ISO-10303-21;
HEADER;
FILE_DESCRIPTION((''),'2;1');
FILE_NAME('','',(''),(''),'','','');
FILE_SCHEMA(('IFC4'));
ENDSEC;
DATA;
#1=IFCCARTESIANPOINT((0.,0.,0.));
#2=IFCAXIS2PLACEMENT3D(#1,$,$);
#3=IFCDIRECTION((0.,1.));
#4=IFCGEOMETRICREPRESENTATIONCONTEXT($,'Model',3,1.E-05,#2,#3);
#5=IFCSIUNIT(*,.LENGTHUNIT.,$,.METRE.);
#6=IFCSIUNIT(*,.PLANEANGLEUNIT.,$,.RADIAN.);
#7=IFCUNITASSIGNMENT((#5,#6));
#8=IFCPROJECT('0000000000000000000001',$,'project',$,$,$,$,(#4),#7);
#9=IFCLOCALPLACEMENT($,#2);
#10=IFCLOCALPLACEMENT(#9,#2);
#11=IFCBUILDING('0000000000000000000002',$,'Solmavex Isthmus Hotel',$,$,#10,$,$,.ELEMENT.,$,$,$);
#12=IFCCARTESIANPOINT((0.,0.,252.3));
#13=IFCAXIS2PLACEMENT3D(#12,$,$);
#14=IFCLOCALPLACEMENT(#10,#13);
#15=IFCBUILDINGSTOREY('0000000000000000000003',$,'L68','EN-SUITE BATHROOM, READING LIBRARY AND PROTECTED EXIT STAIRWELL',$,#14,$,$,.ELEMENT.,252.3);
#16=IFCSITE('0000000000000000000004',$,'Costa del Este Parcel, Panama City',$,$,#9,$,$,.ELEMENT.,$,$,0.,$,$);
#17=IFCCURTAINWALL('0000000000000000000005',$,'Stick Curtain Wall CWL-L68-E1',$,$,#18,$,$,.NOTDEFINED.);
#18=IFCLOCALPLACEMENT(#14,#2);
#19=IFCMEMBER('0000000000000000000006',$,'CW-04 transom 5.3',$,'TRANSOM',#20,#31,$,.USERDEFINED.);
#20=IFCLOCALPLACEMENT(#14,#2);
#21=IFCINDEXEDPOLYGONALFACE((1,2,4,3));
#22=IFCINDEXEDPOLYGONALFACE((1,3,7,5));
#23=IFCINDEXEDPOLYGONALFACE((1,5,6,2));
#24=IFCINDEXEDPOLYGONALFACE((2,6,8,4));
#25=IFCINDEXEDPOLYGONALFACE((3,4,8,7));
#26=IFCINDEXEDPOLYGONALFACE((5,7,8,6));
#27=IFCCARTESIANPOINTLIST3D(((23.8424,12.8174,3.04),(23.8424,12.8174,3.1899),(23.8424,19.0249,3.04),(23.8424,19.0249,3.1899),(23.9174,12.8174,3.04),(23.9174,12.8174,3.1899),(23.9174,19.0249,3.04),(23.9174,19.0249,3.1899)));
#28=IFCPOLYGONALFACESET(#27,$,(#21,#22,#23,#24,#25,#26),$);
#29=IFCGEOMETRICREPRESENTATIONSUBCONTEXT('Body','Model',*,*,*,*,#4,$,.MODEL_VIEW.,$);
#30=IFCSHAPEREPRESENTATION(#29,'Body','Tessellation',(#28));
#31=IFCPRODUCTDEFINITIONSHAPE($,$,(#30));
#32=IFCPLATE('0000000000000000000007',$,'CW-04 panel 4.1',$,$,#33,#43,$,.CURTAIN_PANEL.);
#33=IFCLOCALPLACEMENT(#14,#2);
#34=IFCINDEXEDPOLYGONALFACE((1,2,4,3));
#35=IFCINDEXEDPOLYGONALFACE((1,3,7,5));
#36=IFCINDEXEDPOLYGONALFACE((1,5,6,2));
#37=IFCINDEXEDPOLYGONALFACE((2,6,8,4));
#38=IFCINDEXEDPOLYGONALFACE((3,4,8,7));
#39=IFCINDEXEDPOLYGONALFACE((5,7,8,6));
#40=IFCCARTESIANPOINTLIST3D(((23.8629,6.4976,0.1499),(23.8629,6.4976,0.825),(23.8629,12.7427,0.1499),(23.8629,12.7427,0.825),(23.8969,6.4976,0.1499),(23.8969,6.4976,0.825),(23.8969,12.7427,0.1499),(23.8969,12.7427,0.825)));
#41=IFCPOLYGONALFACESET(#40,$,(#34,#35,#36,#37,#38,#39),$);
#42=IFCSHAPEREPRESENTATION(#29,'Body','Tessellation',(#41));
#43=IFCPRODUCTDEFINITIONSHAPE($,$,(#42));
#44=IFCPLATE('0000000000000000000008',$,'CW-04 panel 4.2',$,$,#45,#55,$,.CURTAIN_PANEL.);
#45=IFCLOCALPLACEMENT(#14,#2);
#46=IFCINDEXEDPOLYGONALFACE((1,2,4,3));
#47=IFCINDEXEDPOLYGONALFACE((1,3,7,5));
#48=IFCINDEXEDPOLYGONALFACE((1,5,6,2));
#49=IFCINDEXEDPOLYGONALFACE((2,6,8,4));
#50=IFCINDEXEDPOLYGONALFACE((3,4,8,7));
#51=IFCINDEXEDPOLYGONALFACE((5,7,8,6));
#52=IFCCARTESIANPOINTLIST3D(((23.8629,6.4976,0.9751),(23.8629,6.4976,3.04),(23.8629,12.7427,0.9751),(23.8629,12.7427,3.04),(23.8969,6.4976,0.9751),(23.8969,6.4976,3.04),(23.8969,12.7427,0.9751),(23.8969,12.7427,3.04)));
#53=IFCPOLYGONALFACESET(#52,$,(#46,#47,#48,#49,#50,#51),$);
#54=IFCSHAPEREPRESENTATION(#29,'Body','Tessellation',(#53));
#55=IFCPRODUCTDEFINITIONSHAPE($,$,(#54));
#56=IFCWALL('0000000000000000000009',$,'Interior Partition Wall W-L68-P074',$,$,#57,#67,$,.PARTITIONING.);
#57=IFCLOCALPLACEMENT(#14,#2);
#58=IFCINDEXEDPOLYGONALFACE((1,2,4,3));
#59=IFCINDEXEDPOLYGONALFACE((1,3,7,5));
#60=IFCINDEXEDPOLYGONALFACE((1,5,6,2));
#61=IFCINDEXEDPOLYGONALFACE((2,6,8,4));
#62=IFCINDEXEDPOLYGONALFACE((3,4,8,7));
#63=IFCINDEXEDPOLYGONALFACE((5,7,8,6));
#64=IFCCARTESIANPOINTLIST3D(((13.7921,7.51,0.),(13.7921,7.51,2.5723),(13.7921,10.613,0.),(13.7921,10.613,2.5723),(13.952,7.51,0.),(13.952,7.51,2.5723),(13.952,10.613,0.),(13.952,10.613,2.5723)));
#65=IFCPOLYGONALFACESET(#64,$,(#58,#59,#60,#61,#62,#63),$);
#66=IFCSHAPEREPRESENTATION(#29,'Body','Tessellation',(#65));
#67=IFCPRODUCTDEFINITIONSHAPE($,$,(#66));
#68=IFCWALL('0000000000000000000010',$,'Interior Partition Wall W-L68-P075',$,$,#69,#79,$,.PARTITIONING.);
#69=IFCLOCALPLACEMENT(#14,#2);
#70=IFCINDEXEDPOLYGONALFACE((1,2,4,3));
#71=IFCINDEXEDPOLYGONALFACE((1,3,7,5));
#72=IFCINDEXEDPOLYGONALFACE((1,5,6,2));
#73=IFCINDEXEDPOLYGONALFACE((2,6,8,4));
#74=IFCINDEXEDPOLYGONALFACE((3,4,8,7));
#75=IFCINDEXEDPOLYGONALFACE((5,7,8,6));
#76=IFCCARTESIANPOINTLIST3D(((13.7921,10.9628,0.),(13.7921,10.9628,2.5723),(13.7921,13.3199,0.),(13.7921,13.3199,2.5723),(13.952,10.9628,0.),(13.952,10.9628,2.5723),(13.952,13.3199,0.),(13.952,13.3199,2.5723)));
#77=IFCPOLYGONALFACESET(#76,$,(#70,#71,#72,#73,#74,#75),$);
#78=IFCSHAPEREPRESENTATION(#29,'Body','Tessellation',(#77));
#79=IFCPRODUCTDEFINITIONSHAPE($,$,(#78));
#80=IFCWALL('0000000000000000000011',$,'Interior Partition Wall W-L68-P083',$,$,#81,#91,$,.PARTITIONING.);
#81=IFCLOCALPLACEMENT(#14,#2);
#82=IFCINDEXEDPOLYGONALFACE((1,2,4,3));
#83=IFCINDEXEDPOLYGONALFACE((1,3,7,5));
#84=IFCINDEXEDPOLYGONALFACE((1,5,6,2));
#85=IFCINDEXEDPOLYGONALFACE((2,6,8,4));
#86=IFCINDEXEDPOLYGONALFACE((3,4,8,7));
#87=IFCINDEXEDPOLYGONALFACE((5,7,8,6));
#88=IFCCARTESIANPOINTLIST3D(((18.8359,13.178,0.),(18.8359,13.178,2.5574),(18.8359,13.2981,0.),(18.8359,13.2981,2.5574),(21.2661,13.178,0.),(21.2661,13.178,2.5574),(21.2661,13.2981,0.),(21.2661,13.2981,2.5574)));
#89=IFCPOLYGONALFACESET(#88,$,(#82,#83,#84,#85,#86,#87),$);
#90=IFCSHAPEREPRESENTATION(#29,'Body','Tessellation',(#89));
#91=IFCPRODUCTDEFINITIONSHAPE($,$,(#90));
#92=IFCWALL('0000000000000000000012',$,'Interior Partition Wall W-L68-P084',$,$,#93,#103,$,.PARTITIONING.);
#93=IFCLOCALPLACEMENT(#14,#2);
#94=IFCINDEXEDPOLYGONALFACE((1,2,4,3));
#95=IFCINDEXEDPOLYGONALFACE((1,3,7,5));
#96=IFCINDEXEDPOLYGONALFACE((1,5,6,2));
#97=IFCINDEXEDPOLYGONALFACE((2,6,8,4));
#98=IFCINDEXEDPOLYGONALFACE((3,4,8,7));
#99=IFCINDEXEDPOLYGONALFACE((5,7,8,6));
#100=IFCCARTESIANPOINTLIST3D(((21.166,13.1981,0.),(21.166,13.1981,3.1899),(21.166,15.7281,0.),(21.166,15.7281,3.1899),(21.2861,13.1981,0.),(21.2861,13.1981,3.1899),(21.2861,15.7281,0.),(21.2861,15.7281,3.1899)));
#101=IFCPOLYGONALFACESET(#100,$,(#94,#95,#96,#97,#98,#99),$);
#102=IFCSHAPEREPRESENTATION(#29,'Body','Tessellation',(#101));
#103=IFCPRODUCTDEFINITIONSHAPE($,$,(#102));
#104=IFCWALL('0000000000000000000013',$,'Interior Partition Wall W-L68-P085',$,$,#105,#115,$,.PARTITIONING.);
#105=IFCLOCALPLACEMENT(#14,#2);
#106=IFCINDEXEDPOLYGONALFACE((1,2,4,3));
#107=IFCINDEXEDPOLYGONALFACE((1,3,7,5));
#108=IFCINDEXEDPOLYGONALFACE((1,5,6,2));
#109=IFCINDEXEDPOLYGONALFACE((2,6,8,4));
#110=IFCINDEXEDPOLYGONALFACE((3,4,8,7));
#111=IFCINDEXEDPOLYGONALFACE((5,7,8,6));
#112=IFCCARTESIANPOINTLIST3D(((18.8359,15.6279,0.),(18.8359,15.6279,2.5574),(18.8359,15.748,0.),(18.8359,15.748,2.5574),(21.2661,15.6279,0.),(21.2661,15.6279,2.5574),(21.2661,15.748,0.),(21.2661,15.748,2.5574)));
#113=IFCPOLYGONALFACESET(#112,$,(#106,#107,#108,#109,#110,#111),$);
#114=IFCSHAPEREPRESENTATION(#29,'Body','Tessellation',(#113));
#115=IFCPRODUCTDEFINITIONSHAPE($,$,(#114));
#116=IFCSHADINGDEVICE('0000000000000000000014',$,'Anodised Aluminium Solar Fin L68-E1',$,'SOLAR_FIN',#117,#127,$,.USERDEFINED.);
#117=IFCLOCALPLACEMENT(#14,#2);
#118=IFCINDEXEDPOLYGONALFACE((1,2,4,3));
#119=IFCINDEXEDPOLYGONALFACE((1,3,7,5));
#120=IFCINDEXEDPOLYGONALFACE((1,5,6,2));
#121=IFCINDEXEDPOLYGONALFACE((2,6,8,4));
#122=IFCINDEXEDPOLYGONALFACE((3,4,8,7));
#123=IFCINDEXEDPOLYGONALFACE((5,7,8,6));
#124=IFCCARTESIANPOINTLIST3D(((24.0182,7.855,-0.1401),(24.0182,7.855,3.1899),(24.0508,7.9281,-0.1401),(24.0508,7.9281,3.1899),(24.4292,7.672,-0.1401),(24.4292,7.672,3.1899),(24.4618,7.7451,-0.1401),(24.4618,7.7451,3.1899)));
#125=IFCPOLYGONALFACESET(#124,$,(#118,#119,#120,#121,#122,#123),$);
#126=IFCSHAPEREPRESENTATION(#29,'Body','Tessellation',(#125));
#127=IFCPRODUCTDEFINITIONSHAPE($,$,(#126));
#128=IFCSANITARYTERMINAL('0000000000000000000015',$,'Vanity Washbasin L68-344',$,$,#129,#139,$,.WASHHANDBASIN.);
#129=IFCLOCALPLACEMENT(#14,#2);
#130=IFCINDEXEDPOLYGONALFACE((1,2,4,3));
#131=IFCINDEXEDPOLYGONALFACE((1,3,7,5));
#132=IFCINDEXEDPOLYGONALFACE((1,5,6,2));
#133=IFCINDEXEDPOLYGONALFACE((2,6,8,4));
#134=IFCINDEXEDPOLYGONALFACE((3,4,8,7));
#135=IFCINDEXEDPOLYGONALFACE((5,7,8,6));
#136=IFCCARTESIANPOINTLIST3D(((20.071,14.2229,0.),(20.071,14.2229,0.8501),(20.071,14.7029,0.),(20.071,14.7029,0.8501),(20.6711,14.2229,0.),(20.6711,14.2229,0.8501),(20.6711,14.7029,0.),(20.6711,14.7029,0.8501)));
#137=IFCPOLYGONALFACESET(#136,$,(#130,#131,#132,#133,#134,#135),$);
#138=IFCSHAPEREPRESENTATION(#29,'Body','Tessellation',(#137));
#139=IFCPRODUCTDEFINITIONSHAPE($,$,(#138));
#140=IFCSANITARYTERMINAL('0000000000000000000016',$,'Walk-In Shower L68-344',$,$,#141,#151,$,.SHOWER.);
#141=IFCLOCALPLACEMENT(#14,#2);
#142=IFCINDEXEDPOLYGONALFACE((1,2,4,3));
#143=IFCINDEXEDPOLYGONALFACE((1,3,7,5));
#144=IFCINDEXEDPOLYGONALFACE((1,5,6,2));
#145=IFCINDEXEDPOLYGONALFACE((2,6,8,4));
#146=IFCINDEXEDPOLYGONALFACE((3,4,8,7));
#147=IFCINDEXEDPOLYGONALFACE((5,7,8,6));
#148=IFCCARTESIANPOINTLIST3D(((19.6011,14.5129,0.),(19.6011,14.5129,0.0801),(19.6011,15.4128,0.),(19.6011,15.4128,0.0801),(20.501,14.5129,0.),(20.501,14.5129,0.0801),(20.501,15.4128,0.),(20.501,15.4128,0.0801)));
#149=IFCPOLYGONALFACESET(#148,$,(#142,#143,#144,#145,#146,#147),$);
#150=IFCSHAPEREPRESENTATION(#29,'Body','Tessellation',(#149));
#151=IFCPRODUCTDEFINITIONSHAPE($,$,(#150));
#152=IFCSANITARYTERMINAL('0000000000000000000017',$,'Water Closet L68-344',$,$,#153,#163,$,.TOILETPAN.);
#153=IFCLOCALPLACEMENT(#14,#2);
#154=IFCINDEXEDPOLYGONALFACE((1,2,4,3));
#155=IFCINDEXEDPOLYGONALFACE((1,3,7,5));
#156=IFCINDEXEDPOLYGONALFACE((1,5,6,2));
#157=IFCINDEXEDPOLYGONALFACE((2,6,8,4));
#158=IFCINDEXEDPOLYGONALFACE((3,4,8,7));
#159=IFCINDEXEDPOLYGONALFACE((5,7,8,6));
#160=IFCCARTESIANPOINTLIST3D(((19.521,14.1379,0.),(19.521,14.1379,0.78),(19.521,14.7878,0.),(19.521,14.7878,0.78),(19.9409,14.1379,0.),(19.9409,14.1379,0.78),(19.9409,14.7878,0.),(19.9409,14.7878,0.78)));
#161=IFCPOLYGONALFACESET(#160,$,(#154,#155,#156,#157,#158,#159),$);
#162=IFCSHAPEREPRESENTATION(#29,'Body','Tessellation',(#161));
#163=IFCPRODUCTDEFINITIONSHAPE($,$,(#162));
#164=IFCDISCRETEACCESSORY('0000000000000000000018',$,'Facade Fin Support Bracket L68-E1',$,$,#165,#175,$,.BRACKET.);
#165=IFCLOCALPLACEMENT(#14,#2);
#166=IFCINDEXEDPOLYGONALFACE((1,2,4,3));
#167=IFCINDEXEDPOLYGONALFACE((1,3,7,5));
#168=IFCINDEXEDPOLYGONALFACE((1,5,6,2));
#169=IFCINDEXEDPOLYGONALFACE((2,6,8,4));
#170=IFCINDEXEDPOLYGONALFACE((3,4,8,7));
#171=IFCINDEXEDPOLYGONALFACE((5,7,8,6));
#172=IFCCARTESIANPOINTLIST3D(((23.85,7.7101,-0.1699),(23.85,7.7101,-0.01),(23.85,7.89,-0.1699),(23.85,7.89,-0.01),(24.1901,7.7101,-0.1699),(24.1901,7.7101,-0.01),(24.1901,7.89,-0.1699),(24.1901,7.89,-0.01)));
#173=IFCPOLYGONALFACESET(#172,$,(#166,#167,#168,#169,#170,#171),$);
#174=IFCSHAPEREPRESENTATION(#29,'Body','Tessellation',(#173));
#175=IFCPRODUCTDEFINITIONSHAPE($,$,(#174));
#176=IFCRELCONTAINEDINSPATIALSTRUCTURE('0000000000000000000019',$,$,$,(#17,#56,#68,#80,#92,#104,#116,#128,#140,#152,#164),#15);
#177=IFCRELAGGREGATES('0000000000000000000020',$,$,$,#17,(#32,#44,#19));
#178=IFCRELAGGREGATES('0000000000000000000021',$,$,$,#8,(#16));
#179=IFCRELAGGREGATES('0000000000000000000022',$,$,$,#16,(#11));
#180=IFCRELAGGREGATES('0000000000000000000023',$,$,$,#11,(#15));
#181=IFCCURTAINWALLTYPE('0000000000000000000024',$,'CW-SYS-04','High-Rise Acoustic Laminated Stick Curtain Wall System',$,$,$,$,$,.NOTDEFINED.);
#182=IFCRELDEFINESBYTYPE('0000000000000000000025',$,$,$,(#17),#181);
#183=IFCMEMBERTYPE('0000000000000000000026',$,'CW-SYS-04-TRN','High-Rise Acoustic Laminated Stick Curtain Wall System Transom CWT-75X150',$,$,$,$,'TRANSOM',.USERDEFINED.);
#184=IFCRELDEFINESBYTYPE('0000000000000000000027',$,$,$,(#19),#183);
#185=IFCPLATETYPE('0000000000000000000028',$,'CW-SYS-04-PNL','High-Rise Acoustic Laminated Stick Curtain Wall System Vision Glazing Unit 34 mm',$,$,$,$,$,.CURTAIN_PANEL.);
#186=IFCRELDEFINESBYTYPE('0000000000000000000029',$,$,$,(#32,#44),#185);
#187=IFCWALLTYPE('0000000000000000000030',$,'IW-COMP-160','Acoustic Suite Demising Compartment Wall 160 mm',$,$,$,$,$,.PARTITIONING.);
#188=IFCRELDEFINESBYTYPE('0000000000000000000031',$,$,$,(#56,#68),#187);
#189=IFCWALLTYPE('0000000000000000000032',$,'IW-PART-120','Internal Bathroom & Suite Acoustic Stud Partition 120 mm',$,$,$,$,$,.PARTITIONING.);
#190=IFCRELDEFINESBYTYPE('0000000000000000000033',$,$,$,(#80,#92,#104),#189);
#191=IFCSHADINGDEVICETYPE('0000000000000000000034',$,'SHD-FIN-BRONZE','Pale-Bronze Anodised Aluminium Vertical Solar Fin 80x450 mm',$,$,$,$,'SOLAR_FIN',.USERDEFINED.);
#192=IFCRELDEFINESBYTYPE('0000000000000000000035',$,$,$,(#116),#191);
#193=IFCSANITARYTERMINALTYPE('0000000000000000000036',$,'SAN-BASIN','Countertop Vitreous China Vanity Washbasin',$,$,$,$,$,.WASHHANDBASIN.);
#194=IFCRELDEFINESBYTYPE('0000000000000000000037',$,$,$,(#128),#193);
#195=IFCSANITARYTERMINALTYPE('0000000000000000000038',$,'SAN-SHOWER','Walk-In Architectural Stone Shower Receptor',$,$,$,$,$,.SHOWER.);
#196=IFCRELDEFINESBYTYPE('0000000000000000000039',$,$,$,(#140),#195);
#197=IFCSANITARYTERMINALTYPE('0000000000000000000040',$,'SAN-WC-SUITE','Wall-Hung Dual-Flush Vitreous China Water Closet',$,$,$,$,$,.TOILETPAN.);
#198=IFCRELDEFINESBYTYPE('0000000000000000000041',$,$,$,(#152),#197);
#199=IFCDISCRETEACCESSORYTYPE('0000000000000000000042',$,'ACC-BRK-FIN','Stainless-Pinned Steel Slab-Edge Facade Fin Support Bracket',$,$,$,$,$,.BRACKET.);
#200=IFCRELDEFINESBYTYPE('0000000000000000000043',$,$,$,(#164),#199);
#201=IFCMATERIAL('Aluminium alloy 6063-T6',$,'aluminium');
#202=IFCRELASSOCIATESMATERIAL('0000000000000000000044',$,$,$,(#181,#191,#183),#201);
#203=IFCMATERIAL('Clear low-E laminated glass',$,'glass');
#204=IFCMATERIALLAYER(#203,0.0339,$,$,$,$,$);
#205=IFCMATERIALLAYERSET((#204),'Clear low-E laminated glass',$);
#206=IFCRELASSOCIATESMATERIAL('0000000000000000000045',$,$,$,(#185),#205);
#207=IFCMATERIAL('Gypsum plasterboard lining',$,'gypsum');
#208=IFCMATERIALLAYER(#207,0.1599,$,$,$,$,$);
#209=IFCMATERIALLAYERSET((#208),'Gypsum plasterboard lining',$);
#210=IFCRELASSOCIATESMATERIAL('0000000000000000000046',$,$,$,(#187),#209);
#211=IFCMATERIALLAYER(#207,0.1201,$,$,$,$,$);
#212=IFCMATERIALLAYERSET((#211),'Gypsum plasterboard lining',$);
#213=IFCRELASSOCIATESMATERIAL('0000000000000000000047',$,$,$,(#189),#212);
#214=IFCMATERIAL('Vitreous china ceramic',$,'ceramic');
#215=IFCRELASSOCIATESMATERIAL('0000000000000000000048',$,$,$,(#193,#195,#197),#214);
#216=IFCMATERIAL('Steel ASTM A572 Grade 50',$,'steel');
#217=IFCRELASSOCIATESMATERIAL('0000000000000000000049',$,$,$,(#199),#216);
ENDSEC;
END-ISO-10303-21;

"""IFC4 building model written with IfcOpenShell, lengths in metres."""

from ifc_helpers import new_model, si_unit, direction, frame, frame_2d, origin, origin_2d, place, context, subcontext, project, spatial, rectangle, extrude, material, layer, layer_set, material_profile, profile_set, type_object, element, aggregate, save


model = new_model("IFC4")

# Units and contexts
model_context = context("Model", 3, precision=1e-05, world=origin(), true_north=direction((0.0, 1.0)))
body_context = subcontext(model_context, "Body", "Model", "MODEL_VIEW")
ifc_project = project(units=[si_unit("LENGTHUNIT", "METRE"), si_unit("PLANEANGLEUNIT", "RADIAN")], contexts=[model_context])

# Site, building, storey
site_placement = place(None, origin())
site = spatial("IfcSite", under=ifc_project, at=site_placement, Name="Costa del Este Parcel, Panama City", CompositionType="ELEMENT", RefElevation=0.0)
building_placement = place(site_placement, origin())
building = spatial("IfcBuilding", under=site, at=building_placement, Name="Solmavex Isthmus Hotel", CompositionType="ELEMENT")
storey_placement = place(building_placement, frame((0.0, 0.0, 252.3)))
storey = spatial("IfcBuildingStorey", under=building, at=storey_placement, Name="L68", Description="EN-SUITE BATHROOM, READING LIBRARY AND PROTECTED EXIT STAIRWELL", CompositionType="ELEMENT", Elevation=252.3)

# Curtain wall, member, plates
ifc_material_1 = material(Name="Aluminium alloy 6063-T6", Category="aluminium")
curtain_wall_type = type_object("IfcCurtainWallType", Name="CW-SYS-04", Description="High-Rise Acoustic Laminated Stick Curtain Wall System", PredefinedType="NOTDEFINED", material=ifc_material_1)
curtain_wall_placement = place(storey_placement, origin())
curtain_wall = element("IfcCurtainWall", 1, at=curtain_wall_placement, inside=storey, type_object=curtain_wall_type, Name="Stick Curtain Wall CWL-L68-E1", PredefinedType="NOTDEFINED")
ifc_material_profile_1 = material_profile(ifc_material_1, rectangle(XDim=0.075, YDim=0.1499, at=origin_2d()), Name="CWT-75X150")
ifc_profile_set_1 = profile_set([ifc_material_profile_1], Name="Aluminium alloy 6063-T6")
member_type_1 = type_object("IfcMemberType", Name="CW-SYS-04-TRN", Description="High-Rise Acoustic Laminated Stick Curtain Wall System Transom CWT-75X150", ElementType="TRANSOM", PredefinedType="USERDEFINED", material=ifc_profile_set_1)
member_1_placement = place(storey_placement, frame((23.8799, 12.8174, 3.115), z_axis=(0.0, 1.0, 0.0), x_axis=(-1.0, 0.0, 0.0)))
member_1 = element("IfcMember", 2, at=member_1_placement, type_object=member_type_1, Name="CW-04 transom 5.3", ObjectType="TRANSOM", PredefinedType="USERDEFINED", context=body_context, shape_type="SweptSolid", body=[
    extrude(rectangle(XDim=0.075, YDim=0.1499, at=origin_2d()), origin(), (0.0, 0.0, 1.0), 6.2075),
])
ifc_material_2 = material(Name="Clear low-E laminated glass", Category="glass")
ifc_layer_1 = layer(ifc_material_2, 0.0339)
ifc_layer_set_1 = layer_set([ifc_layer_1], Name="Clear low-E laminated glass")
plate_type = type_object("IfcPlateType", Name="CW-SYS-04-PNL", Description="High-Rise Acoustic Laminated Stick Curtain Wall System Vision Glazing Unit 34 mm", PredefinedType="CURTAIN_PANEL", material=ifc_layer_set_1)
plate_1_placement = place(storey_placement, frame((23.8799, 9.6201, 0.1499), z_axis=(0.0, 0.0, 1.0), x_axis=(0.0, 1.0, 0.0)))
plate_1 = element("IfcPlate", 3, at=plate_1_placement, type_object=plate_type, Name="CW-04 panel 4.1", PredefinedType="CURTAIN_PANEL", context=body_context, shape_type="SweptSolid", body=[
    extrude(rectangle(XDim=6.2451, YDim=0.0339, at=origin_2d()), origin(), (0.0, 0.0, 1.0), 0.675),
])
plate_2_placement = place(storey_placement, frame((23.8799, 9.6201, 0.9751), z_axis=(0.0, 0.0, 1.0), x_axis=(0.0, 1.0, 0.0)))
plate_2 = element("IfcPlate", 4, at=plate_2_placement, type_object=plate_type, Name="CW-04 panel 4.2", PredefinedType="CURTAIN_PANEL", context=body_context, shape_type="SweptSolid", body=[
    extrude(rectangle(XDim=6.2451, YDim=0.0339, at=origin_2d()), origin(), (0.0, 0.0, 1.0), 2.0649),
])
aggregate(curtain_wall, [plate_1, plate_2, member_1])

# Walls
ifc_material_3 = material(Name="Gypsum plasterboard lining", Category="gypsum")
ifc_layer_2 = layer(ifc_material_3, 0.1599)
ifc_layer_set_2 = layer_set([ifc_layer_2], Name="Gypsum plasterboard lining")
wall_type_1 = type_object("IfcWallType", Name="IW-COMP-160", Description="Acoustic Suite Demising Compartment Wall 160 mm", PredefinedType="PARTITIONING", material=ifc_layer_set_2)
wall_1_placement = place(storey_placement, frame((13.8721, 10.613, 0.0), z_axis=(0.0, 0.0, 1.0), x_axis=(0.0, -1.0, 0.0)))
element("IfcWall", 5, at=wall_1_placement, inside=storey, type_object=wall_type_1, Name="Interior Partition Wall W-L68-P074", PredefinedType="PARTITIONING", context=body_context, shape_type="SweptSolid", body=[
    extrude(rectangle(XDim=3.103, YDim=0.1599, at=frame_2d((1.5515, 0.0))), origin(), (0.0, 0.0, 1.0), 2.5723),
])
wall_2_placement = place(storey_placement, frame((13.8721, 13.3201, 0.0), z_axis=(0.0, 0.0, 1.0), x_axis=(0.0, -1.0, 0.0)))
element("IfcWall", 6, at=wall_2_placement, inside=storey, type_object=wall_type_1, Name="Interior Partition Wall W-L68-P075", PredefinedType="PARTITIONING", context=body_context, shape_type="SweptSolid", body=[
    extrude(rectangle(XDim=2.3572, YDim=0.1599, at=frame_2d((1.1787, 0.0))), origin(), (0.0, 0.0, 1.0), 2.5723),
])

# Walls
ifc_layer_3 = layer(ifc_material_3, 0.1201)
ifc_layer_set_3 = layer_set([ifc_layer_3], Name="Gypsum plasterboard lining")
wall_type_2 = type_object("IfcWallType", Name="IW-PART-120", Description="Internal Bathroom & Suite Acoustic Stud Partition 120 mm", PredefinedType="PARTITIONING", material=ifc_layer_set_3)
wall_3_placement = place(storey_placement, frame((18.8359, 13.238, 0.0), z_axis=(0.0, 0.0, 1.0), x_axis=(1.0, 0.0, 0.0)))
element("IfcWall", 7, at=wall_3_placement, inside=storey, type_object=wall_type_2, Name="Interior Partition Wall W-L68-P083", PredefinedType="PARTITIONING", context=body_context, shape_type="SweptSolid", body=[
    extrude(rectangle(XDim=2.4302, YDim=0.1201, at=frame_2d((1.2151, 0.0))), origin(), (0.0, 0.0, 1.0), 2.5574),
])
wall_4_placement = place(storey_placement, frame((21.2261, 13.198, 0.0), z_axis=(0.0, 0.0, 1.0), x_axis=(0.0, 1.0, 0.0)))
element("IfcWall", 8, at=wall_4_placement, inside=storey, type_object=wall_type_2, Name="Interior Partition Wall W-L68-P084", PredefinedType="PARTITIONING", context=body_context, shape_type="SweptSolid", body=[
    extrude(rectangle(XDim=2.53, YDim=0.1201, at=frame_2d((1.2651, 0.0))), origin(), (0.0, 0.0, 1.0), 3.1899),
])
wall_5_placement = place(storey_placement, frame((21.2661, 15.688, 0.0), z_axis=(0.0, 0.0, 1.0), x_axis=(-1.0, 0.0, 0.0)))
element("IfcWall", 9, at=wall_5_placement, inside=storey, type_object=wall_type_2, Name="Interior Partition Wall W-L68-P085", PredefinedType="PARTITIONING", context=body_context, shape_type="SweptSolid", body=[
    extrude(rectangle(XDim=2.4302, YDim=0.1201, at=frame_2d((1.2151, 0.0))), origin(), (0.0, 0.0, 1.0), 2.5574),
])

# Shading device
shading_device_type = type_object("IfcShadingDeviceType", Name="SHD-FIN-BRONZE", Description="Pale-Bronze Anodised Aluminium Vertical Solar Fin 80x450 mm", ElementType="SOLAR_FIN", PredefinedType="USERDEFINED", material=ifc_material_1)
shading_device_placement = place(storey_placement, frame((24.24, 7.8, -0.1401), z_axis=(0.0, 0.0, 1.0), x_axis=(0.913545, -0.406737, 0.0)))
element("IfcShadingDevice", 10, at=shading_device_placement, inside=storey, type_object=shading_device_type, Name="Anodised Aluminium Solar Fin L68-E1", ObjectType="SOLAR_FIN", PredefinedType="USERDEFINED", context=body_context, shape_type="SweptSolid", body=[
    extrude(rectangle(XDim=0.45, YDim=0.0801, at=origin_2d()), origin(), (0.0, 0.0, 1.0), 3.3301),
])

# Sanitary terminals
ifc_material_4 = material(Name="Vitreous china ceramic", Category="ceramic")
sanitary_terminal_type_1 = type_object("IfcSanitaryTerminalType", Name="SAN-BASIN", Description="Countertop Vitreous China Vanity Washbasin", PredefinedType="WASHHANDBASIN", material=ifc_material_4)
sanitary_terminal_1_placement = place(storey_placement, frame((20.3711, 14.4629, 0.0), z_axis=(0.0, 0.0, 1.0), x_axis=(1.0, 0.0, 0.0)))
element("IfcSanitaryTerminal", 11, at=sanitary_terminal_1_placement, inside=storey, type_object=sanitary_terminal_type_1, Name="Vanity Washbasin L68-344", PredefinedType="WASHHANDBASIN", context=body_context, shape_type="SweptSolid", body=[
    extrude(rectangle(XDim=0.6001, YDim=0.48, at=origin_2d()), origin(), (0.0, 0.0, 1.0), 0.8501),
])
sanitary_terminal_type_2 = type_object("IfcSanitaryTerminalType", Name="SAN-SHOWER", Description="Walk-In Architectural Stone Shower Receptor", PredefinedType="SHOWER", material=ifc_material_4)
sanitary_terminal_2_placement = place(storey_placement, frame((20.051, 14.9629, 0.0), z_axis=(0.0, 0.0, 1.0), x_axis=(1.0, 0.0, 0.0)))
element("IfcSanitaryTerminal", 12, at=sanitary_terminal_2_placement, inside=storey, type_object=sanitary_terminal_type_2, Name="Walk-In Shower L68-344", PredefinedType="SHOWER", context=body_context, shape_type="SweptSolid", body=[
    extrude(rectangle(XDim=0.8999, YDim=0.8999, at=origin_2d()), origin(), (0.0, 0.0, 1.0), 0.0801),
])
sanitary_terminal_type_3 = type_object("IfcSanitaryTerminalType", Name="SAN-WC-SUITE", Description="Wall-Hung Dual-Flush Vitreous China Water Closet", PredefinedType="TOILETPAN", material=ifc_material_4)
sanitary_terminal_3_placement = place(storey_placement, frame((19.731, 14.4629, 0.0), z_axis=(0.0, 0.0, 1.0), x_axis=(1.0, 0.0, 0.0)))
element("IfcSanitaryTerminal", 13, at=sanitary_terminal_3_placement, inside=storey, type_object=sanitary_terminal_type_3, Name="Water Closet L68-344", PredefinedType="TOILETPAN", context=body_context, shape_type="SweptSolid", body=[
    extrude(rectangle(XDim=0.4199, YDim=0.6499, at=origin_2d()), origin(), (0.0, 0.0, 1.0), 0.78),
])

# Discrete accessory
ifc_material_5 = material(Name="Steel ASTM A572 Grade 50", Category="steel")
discrete_accessory_type = type_object("IfcDiscreteAccessoryType", Name="ACC-BRK-FIN", Description="Stainless-Pinned Steel Slab-Edge Facade Fin Support Bracket", PredefinedType="BRACKET", material=ifc_material_5)
discrete_accessory_placement = place(storey_placement, frame((24.02, 7.8, -0.1699), z_axis=(0.0, 0.0, 1.0), x_axis=(1.0, 0.0, 0.0)))
element("IfcDiscreteAccessory", 14, at=discrete_accessory_placement, inside=storey, type_object=discrete_accessory_type, Name="Facade Fin Support Bracket L68-E1", PredefinedType="BRACKET", context=body_context, shape_type="SweptSolid", body=[
    extrude(rectangle(XDim=0.3401, YDim=0.1799, at=origin_2d()), origin(), (0.0, 0.0, 1.0), 0.1599),
])

save(model, "model.ifc")
